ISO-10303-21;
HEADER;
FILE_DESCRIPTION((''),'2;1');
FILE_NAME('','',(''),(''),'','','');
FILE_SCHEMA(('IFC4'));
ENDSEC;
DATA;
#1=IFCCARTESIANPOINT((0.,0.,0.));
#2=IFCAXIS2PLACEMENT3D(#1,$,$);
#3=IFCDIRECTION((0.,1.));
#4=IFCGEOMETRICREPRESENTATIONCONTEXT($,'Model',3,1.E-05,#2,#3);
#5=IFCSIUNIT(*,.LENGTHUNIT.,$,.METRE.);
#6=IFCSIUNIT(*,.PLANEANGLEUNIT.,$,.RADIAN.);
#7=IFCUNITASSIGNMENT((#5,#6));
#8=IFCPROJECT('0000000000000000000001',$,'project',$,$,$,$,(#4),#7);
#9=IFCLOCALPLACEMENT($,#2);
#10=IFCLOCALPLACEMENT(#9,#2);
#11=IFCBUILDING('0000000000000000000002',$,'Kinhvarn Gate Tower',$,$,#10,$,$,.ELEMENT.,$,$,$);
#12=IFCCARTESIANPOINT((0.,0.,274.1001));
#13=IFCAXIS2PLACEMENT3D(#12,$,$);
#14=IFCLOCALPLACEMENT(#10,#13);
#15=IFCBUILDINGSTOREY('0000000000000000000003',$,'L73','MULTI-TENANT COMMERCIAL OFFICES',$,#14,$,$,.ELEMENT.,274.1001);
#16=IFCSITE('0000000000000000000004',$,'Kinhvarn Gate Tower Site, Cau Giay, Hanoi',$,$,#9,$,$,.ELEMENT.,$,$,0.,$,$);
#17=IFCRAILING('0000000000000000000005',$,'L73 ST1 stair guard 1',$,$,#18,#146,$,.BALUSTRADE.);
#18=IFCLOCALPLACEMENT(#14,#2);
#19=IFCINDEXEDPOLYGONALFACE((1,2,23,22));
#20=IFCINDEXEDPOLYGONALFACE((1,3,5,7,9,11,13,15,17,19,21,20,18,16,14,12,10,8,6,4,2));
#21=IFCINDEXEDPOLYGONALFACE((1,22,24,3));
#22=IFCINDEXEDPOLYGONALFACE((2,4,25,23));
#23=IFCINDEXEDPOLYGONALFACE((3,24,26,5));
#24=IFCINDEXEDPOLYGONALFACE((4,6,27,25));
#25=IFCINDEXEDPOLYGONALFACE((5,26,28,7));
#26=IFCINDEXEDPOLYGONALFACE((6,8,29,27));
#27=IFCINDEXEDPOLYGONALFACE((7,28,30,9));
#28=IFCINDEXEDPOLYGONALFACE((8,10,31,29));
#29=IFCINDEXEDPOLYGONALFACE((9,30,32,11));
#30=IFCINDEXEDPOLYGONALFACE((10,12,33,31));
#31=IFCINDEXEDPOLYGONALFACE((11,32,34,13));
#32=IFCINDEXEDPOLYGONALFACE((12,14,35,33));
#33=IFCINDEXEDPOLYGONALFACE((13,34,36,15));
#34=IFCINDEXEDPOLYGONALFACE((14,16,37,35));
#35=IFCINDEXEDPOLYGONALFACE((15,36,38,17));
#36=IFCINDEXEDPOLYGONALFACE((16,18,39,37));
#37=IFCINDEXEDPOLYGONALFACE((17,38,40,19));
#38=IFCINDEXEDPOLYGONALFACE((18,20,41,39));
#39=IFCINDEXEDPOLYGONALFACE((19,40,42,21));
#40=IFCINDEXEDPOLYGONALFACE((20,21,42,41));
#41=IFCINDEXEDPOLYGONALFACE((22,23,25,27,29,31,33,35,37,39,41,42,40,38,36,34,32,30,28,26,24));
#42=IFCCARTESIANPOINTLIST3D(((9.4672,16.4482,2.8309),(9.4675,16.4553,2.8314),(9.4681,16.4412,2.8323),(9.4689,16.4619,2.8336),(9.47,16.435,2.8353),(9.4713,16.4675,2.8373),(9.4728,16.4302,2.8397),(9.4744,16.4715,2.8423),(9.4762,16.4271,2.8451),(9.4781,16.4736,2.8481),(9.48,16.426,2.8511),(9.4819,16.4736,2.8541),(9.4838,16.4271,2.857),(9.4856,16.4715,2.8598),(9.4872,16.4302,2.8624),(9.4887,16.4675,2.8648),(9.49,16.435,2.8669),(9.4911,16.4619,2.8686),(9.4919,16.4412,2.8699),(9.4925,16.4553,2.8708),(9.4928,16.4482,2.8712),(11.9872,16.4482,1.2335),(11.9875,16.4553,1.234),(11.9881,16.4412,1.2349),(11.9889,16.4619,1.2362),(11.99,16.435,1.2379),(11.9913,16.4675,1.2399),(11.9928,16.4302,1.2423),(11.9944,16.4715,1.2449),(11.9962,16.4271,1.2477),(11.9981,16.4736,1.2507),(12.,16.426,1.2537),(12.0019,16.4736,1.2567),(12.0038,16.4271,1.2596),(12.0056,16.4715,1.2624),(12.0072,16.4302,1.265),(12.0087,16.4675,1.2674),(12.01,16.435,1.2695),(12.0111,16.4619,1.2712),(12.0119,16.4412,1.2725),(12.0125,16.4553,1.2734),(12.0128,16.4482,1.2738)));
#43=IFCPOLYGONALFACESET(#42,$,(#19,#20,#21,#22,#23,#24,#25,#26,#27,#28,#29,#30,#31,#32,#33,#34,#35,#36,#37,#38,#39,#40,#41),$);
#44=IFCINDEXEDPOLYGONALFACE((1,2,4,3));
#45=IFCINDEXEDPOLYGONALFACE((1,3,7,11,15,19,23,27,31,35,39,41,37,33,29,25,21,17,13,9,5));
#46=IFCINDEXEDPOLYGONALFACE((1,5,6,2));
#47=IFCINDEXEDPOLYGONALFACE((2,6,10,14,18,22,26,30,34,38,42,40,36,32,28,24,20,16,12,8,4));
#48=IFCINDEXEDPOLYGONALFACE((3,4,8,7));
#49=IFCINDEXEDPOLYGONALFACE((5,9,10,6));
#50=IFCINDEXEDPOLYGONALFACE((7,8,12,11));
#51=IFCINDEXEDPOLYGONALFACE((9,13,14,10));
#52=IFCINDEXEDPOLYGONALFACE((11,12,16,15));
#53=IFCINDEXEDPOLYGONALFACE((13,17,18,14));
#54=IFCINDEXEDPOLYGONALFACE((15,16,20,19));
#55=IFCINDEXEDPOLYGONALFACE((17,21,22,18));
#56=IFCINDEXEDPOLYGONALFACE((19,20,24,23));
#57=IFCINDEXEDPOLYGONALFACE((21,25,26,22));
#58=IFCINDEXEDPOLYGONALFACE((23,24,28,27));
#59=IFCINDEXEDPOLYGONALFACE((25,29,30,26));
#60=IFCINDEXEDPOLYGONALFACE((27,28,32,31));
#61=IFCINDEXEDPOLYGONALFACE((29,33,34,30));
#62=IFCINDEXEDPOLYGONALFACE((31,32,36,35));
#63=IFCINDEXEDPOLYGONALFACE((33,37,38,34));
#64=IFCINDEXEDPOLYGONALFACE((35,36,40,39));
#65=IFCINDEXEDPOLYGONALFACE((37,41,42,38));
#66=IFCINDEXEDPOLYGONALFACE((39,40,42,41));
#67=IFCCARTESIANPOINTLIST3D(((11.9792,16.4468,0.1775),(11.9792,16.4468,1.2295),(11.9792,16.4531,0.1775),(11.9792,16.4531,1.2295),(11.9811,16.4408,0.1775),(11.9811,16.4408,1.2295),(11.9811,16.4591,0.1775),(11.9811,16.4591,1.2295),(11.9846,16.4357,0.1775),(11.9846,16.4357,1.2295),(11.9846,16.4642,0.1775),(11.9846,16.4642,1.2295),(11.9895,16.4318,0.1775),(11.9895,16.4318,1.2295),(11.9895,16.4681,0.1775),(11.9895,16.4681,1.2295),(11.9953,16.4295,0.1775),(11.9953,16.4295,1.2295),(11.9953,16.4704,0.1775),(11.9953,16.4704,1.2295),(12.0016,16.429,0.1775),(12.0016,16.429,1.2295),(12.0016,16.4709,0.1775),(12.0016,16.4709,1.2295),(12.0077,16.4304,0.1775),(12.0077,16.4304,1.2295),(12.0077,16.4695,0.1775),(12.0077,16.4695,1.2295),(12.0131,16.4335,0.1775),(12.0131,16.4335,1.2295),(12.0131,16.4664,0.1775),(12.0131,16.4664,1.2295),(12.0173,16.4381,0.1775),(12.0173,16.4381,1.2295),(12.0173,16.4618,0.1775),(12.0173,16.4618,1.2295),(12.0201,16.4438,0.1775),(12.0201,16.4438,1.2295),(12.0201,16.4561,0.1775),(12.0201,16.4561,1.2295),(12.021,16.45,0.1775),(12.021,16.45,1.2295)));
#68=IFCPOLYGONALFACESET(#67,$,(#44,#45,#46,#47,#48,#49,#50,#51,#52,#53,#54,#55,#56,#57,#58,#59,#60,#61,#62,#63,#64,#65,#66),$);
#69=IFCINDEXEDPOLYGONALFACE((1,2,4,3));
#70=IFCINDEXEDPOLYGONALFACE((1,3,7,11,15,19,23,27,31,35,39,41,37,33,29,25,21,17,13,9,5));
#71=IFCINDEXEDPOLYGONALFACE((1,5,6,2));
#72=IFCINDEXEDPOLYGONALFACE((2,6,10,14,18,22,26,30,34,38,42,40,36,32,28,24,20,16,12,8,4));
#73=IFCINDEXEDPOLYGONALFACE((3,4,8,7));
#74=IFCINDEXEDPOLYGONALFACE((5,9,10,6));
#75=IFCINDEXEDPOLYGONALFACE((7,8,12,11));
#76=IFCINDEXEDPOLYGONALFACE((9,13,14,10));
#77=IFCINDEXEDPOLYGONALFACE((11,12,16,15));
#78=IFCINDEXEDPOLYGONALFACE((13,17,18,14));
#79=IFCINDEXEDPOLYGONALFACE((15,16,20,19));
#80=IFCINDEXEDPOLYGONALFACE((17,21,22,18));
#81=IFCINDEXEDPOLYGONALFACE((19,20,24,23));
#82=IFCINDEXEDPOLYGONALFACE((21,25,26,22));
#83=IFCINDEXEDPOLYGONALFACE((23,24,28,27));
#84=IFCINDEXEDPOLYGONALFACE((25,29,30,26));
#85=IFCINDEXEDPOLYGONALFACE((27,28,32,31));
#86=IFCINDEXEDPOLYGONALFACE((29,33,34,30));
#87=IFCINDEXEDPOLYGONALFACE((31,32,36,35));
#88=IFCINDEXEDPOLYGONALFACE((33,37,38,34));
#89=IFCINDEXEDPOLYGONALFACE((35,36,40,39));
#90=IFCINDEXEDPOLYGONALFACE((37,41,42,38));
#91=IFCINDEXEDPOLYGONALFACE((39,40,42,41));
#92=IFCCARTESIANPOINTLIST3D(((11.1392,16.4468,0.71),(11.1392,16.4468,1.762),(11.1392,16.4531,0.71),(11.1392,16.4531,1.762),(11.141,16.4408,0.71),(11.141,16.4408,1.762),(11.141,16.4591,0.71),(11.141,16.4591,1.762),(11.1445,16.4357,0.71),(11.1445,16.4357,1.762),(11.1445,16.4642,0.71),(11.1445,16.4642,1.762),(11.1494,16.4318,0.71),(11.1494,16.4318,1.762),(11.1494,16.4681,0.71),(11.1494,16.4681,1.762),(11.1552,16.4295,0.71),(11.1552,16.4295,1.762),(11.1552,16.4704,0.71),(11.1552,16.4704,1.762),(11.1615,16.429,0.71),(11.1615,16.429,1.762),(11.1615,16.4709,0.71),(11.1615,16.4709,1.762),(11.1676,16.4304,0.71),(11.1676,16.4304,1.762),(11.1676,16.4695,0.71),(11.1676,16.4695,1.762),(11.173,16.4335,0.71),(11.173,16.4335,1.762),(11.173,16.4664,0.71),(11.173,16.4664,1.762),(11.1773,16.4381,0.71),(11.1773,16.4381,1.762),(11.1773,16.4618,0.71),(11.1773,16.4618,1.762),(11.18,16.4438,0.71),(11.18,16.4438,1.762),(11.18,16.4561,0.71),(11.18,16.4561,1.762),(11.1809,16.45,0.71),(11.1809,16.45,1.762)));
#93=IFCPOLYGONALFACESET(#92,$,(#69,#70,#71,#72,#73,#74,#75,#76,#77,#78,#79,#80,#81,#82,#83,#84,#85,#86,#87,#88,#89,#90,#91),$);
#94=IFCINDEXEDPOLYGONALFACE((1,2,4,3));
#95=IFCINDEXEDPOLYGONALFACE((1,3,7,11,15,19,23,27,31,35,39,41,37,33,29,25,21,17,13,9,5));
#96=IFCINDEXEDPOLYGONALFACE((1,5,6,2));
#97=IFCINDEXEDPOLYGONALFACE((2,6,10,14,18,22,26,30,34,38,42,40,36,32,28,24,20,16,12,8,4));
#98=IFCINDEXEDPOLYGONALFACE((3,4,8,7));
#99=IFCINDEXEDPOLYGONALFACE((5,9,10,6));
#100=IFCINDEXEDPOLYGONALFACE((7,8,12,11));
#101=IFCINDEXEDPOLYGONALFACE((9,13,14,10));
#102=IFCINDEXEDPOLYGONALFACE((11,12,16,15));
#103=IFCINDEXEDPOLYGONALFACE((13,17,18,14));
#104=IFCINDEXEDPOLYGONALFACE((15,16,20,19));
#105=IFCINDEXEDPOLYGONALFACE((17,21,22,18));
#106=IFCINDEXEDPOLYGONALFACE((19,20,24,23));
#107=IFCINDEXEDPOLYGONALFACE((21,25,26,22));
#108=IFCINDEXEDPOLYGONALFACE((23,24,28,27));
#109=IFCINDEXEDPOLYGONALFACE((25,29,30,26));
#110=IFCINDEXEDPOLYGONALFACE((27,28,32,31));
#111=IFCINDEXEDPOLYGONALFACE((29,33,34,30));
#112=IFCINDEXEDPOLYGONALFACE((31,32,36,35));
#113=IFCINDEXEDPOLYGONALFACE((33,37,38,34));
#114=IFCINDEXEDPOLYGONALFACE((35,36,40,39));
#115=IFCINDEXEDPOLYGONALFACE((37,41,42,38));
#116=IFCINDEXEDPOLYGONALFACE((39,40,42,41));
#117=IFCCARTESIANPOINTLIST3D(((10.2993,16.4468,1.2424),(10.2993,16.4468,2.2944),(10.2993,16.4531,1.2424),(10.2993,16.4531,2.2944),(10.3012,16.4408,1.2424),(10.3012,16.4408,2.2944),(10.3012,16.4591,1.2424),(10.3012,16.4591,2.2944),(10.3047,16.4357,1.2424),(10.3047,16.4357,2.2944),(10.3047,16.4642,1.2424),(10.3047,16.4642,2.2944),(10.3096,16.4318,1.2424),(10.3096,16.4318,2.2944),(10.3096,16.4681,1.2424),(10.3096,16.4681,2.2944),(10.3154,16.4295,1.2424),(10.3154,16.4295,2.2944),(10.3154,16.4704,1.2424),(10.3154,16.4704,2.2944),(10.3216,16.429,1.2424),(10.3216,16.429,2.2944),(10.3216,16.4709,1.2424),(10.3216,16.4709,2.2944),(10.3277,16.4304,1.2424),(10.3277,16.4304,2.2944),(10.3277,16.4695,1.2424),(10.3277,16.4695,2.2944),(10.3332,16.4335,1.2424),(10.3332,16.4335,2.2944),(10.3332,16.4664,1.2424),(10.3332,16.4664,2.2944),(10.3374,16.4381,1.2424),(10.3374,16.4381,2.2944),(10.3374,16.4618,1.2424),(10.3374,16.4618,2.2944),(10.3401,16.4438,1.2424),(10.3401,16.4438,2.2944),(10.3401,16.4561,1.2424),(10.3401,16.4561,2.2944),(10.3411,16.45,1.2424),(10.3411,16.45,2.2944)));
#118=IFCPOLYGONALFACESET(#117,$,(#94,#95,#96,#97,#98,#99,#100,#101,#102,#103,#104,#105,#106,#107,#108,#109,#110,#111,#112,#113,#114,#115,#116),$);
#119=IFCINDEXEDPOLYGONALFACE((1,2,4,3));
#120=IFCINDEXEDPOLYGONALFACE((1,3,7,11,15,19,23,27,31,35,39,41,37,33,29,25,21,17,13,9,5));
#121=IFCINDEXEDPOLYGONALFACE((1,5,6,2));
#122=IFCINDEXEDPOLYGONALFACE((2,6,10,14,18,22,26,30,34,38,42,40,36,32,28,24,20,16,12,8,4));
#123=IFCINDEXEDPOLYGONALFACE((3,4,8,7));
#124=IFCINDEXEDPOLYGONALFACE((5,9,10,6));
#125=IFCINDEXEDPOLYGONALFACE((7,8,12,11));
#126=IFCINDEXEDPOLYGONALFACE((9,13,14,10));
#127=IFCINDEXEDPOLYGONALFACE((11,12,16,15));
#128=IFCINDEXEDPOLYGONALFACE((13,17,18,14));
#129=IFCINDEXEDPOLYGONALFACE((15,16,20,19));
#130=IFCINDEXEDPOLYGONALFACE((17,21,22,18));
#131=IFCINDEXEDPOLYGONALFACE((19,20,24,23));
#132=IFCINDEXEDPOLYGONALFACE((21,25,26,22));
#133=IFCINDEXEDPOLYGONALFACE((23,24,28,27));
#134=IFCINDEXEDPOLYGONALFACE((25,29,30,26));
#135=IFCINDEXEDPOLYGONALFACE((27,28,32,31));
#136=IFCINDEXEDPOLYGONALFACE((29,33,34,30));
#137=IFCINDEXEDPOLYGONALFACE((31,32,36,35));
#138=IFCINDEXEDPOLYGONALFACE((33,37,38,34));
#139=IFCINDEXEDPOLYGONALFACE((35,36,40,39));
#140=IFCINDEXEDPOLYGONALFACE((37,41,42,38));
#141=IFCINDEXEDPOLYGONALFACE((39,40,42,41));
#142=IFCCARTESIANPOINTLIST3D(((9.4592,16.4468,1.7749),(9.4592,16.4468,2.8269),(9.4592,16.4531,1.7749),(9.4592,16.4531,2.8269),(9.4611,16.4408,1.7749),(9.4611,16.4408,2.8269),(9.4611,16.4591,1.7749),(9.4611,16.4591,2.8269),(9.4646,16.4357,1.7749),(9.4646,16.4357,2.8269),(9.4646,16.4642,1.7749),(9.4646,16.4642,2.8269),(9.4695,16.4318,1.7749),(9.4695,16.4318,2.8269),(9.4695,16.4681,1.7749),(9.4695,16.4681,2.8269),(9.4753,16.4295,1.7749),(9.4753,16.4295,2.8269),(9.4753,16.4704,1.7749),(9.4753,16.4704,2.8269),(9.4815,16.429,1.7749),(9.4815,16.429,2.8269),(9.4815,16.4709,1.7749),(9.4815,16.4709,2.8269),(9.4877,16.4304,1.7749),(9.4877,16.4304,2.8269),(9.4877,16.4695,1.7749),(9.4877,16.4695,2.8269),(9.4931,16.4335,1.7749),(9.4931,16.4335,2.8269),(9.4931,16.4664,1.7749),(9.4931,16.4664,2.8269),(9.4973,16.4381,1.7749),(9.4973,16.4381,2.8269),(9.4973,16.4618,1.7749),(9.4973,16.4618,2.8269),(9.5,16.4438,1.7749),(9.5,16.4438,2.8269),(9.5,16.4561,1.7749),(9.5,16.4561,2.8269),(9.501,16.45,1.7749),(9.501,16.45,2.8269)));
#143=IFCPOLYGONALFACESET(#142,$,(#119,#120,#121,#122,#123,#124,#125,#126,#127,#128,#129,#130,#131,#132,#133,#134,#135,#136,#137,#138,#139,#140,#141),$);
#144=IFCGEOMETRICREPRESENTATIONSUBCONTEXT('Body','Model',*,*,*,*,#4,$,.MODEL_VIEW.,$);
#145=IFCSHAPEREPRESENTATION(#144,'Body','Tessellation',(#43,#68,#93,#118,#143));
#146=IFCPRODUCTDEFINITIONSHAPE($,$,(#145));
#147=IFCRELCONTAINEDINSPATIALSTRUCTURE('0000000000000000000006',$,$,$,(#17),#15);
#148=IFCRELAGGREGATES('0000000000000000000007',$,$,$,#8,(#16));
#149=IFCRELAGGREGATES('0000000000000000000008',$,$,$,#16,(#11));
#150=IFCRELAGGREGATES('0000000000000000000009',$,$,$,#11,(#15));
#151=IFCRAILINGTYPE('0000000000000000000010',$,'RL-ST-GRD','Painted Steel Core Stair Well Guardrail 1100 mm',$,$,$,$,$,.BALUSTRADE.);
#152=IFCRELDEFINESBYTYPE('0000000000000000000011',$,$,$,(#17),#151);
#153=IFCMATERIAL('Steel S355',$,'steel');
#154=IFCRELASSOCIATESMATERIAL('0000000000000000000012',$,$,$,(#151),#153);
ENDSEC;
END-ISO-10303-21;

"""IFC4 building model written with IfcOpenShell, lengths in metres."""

from ifc_helpers import new_model, si_unit, direction, frame, origin, origin_2d, place, context, subcontext, project, spatial, circle, extrude, material, type_object, element, save


model = new_model("IFC4")

# Units and contexts
model_context = context("Model", 3, precision=1e-05, world=origin(), true_north=direction((0.0, 1.0)))
body_context = subcontext(model_context, "Body", "Model", "MODEL_VIEW")
ifc_project = project(units=[si_unit("LENGTHUNIT", "METRE"), si_unit("PLANEANGLEUNIT", "RADIAN")], contexts=[model_context])

# Site, building, storey
site_placement = place(None, origin())
site = spatial("IfcSite", under=ifc_project, at=site_placement, Name="Kinhvarn Gate Tower Site, Cau Giay, Hanoi", CompositionType="ELEMENT", RefElevation=0.0)
building_placement = place(site_placement, origin())
building = spatial("IfcBuilding", under=site, at=building_placement, Name="Kinhvarn Gate Tower", CompositionType="ELEMENT")
storey_placement = place(building_placement, frame((0.0, 0.0, 274.1001)))
storey = spatial("IfcBuildingStorey", under=building, at=storey_placement, Name="L73", Description="MULTI-TENANT COMMERCIAL OFFICES", CompositionType="ELEMENT", Elevation=274.1001)

# Shared definitions
ifc_material_1 = material(Name="Steel S355", Category="steel")

# Railing
railing_type_1 = type_object("IfcRailingType", Name="RL-ST-GRD", Description="Painted Steel Core Stair Well Guardrail 1100 mm", PredefinedType="BALUSTRADE", material=ifc_material_1)
railing_1_placement = place(storey_placement, frame((12.0, 16.45, 0.1775)))
element("IfcRailing", 1, at=railing_1_placement, inside=storey, type_object=railing_type_1, Name="L73 ST1 stair guard 1", PredefinedType="BALUSTRADE", context=body_context, shape_type="SweptSolid", body=[
    extrude(circle(Radius=0.0239, at=origin_2d()), frame((0.0, 0.0, 1.0762), z_axis=(-0.844607, 0.0, 0.535387), x_axis=(0.0, -1.0, 0.0)), (0.0, 0.0, 1.0), 2.9836),
    extrude(circle(Radius=0.021, at=origin_2d()), origin(), (0.0, 0.0, 1.0), 1.052),
    extrude(circle(Radius=0.021, at=origin_2d()), frame((-0.8401, 0.0, 0.5325)), (0.0, 0.0, 1.0), 1.052),
    extrude(circle(Radius=0.021, at=origin_2d()), frame((-1.6799, 0.0, 1.0649)), (0.0, 0.0, 1.0), 1.052),
    extrude(circle(Radius=0.021, at=origin_2d()), frame((-2.52, 0.0, 1.5974)), (0.0, 0.0, 1.0), 1.052),
])

save(model, "model.ifc")
